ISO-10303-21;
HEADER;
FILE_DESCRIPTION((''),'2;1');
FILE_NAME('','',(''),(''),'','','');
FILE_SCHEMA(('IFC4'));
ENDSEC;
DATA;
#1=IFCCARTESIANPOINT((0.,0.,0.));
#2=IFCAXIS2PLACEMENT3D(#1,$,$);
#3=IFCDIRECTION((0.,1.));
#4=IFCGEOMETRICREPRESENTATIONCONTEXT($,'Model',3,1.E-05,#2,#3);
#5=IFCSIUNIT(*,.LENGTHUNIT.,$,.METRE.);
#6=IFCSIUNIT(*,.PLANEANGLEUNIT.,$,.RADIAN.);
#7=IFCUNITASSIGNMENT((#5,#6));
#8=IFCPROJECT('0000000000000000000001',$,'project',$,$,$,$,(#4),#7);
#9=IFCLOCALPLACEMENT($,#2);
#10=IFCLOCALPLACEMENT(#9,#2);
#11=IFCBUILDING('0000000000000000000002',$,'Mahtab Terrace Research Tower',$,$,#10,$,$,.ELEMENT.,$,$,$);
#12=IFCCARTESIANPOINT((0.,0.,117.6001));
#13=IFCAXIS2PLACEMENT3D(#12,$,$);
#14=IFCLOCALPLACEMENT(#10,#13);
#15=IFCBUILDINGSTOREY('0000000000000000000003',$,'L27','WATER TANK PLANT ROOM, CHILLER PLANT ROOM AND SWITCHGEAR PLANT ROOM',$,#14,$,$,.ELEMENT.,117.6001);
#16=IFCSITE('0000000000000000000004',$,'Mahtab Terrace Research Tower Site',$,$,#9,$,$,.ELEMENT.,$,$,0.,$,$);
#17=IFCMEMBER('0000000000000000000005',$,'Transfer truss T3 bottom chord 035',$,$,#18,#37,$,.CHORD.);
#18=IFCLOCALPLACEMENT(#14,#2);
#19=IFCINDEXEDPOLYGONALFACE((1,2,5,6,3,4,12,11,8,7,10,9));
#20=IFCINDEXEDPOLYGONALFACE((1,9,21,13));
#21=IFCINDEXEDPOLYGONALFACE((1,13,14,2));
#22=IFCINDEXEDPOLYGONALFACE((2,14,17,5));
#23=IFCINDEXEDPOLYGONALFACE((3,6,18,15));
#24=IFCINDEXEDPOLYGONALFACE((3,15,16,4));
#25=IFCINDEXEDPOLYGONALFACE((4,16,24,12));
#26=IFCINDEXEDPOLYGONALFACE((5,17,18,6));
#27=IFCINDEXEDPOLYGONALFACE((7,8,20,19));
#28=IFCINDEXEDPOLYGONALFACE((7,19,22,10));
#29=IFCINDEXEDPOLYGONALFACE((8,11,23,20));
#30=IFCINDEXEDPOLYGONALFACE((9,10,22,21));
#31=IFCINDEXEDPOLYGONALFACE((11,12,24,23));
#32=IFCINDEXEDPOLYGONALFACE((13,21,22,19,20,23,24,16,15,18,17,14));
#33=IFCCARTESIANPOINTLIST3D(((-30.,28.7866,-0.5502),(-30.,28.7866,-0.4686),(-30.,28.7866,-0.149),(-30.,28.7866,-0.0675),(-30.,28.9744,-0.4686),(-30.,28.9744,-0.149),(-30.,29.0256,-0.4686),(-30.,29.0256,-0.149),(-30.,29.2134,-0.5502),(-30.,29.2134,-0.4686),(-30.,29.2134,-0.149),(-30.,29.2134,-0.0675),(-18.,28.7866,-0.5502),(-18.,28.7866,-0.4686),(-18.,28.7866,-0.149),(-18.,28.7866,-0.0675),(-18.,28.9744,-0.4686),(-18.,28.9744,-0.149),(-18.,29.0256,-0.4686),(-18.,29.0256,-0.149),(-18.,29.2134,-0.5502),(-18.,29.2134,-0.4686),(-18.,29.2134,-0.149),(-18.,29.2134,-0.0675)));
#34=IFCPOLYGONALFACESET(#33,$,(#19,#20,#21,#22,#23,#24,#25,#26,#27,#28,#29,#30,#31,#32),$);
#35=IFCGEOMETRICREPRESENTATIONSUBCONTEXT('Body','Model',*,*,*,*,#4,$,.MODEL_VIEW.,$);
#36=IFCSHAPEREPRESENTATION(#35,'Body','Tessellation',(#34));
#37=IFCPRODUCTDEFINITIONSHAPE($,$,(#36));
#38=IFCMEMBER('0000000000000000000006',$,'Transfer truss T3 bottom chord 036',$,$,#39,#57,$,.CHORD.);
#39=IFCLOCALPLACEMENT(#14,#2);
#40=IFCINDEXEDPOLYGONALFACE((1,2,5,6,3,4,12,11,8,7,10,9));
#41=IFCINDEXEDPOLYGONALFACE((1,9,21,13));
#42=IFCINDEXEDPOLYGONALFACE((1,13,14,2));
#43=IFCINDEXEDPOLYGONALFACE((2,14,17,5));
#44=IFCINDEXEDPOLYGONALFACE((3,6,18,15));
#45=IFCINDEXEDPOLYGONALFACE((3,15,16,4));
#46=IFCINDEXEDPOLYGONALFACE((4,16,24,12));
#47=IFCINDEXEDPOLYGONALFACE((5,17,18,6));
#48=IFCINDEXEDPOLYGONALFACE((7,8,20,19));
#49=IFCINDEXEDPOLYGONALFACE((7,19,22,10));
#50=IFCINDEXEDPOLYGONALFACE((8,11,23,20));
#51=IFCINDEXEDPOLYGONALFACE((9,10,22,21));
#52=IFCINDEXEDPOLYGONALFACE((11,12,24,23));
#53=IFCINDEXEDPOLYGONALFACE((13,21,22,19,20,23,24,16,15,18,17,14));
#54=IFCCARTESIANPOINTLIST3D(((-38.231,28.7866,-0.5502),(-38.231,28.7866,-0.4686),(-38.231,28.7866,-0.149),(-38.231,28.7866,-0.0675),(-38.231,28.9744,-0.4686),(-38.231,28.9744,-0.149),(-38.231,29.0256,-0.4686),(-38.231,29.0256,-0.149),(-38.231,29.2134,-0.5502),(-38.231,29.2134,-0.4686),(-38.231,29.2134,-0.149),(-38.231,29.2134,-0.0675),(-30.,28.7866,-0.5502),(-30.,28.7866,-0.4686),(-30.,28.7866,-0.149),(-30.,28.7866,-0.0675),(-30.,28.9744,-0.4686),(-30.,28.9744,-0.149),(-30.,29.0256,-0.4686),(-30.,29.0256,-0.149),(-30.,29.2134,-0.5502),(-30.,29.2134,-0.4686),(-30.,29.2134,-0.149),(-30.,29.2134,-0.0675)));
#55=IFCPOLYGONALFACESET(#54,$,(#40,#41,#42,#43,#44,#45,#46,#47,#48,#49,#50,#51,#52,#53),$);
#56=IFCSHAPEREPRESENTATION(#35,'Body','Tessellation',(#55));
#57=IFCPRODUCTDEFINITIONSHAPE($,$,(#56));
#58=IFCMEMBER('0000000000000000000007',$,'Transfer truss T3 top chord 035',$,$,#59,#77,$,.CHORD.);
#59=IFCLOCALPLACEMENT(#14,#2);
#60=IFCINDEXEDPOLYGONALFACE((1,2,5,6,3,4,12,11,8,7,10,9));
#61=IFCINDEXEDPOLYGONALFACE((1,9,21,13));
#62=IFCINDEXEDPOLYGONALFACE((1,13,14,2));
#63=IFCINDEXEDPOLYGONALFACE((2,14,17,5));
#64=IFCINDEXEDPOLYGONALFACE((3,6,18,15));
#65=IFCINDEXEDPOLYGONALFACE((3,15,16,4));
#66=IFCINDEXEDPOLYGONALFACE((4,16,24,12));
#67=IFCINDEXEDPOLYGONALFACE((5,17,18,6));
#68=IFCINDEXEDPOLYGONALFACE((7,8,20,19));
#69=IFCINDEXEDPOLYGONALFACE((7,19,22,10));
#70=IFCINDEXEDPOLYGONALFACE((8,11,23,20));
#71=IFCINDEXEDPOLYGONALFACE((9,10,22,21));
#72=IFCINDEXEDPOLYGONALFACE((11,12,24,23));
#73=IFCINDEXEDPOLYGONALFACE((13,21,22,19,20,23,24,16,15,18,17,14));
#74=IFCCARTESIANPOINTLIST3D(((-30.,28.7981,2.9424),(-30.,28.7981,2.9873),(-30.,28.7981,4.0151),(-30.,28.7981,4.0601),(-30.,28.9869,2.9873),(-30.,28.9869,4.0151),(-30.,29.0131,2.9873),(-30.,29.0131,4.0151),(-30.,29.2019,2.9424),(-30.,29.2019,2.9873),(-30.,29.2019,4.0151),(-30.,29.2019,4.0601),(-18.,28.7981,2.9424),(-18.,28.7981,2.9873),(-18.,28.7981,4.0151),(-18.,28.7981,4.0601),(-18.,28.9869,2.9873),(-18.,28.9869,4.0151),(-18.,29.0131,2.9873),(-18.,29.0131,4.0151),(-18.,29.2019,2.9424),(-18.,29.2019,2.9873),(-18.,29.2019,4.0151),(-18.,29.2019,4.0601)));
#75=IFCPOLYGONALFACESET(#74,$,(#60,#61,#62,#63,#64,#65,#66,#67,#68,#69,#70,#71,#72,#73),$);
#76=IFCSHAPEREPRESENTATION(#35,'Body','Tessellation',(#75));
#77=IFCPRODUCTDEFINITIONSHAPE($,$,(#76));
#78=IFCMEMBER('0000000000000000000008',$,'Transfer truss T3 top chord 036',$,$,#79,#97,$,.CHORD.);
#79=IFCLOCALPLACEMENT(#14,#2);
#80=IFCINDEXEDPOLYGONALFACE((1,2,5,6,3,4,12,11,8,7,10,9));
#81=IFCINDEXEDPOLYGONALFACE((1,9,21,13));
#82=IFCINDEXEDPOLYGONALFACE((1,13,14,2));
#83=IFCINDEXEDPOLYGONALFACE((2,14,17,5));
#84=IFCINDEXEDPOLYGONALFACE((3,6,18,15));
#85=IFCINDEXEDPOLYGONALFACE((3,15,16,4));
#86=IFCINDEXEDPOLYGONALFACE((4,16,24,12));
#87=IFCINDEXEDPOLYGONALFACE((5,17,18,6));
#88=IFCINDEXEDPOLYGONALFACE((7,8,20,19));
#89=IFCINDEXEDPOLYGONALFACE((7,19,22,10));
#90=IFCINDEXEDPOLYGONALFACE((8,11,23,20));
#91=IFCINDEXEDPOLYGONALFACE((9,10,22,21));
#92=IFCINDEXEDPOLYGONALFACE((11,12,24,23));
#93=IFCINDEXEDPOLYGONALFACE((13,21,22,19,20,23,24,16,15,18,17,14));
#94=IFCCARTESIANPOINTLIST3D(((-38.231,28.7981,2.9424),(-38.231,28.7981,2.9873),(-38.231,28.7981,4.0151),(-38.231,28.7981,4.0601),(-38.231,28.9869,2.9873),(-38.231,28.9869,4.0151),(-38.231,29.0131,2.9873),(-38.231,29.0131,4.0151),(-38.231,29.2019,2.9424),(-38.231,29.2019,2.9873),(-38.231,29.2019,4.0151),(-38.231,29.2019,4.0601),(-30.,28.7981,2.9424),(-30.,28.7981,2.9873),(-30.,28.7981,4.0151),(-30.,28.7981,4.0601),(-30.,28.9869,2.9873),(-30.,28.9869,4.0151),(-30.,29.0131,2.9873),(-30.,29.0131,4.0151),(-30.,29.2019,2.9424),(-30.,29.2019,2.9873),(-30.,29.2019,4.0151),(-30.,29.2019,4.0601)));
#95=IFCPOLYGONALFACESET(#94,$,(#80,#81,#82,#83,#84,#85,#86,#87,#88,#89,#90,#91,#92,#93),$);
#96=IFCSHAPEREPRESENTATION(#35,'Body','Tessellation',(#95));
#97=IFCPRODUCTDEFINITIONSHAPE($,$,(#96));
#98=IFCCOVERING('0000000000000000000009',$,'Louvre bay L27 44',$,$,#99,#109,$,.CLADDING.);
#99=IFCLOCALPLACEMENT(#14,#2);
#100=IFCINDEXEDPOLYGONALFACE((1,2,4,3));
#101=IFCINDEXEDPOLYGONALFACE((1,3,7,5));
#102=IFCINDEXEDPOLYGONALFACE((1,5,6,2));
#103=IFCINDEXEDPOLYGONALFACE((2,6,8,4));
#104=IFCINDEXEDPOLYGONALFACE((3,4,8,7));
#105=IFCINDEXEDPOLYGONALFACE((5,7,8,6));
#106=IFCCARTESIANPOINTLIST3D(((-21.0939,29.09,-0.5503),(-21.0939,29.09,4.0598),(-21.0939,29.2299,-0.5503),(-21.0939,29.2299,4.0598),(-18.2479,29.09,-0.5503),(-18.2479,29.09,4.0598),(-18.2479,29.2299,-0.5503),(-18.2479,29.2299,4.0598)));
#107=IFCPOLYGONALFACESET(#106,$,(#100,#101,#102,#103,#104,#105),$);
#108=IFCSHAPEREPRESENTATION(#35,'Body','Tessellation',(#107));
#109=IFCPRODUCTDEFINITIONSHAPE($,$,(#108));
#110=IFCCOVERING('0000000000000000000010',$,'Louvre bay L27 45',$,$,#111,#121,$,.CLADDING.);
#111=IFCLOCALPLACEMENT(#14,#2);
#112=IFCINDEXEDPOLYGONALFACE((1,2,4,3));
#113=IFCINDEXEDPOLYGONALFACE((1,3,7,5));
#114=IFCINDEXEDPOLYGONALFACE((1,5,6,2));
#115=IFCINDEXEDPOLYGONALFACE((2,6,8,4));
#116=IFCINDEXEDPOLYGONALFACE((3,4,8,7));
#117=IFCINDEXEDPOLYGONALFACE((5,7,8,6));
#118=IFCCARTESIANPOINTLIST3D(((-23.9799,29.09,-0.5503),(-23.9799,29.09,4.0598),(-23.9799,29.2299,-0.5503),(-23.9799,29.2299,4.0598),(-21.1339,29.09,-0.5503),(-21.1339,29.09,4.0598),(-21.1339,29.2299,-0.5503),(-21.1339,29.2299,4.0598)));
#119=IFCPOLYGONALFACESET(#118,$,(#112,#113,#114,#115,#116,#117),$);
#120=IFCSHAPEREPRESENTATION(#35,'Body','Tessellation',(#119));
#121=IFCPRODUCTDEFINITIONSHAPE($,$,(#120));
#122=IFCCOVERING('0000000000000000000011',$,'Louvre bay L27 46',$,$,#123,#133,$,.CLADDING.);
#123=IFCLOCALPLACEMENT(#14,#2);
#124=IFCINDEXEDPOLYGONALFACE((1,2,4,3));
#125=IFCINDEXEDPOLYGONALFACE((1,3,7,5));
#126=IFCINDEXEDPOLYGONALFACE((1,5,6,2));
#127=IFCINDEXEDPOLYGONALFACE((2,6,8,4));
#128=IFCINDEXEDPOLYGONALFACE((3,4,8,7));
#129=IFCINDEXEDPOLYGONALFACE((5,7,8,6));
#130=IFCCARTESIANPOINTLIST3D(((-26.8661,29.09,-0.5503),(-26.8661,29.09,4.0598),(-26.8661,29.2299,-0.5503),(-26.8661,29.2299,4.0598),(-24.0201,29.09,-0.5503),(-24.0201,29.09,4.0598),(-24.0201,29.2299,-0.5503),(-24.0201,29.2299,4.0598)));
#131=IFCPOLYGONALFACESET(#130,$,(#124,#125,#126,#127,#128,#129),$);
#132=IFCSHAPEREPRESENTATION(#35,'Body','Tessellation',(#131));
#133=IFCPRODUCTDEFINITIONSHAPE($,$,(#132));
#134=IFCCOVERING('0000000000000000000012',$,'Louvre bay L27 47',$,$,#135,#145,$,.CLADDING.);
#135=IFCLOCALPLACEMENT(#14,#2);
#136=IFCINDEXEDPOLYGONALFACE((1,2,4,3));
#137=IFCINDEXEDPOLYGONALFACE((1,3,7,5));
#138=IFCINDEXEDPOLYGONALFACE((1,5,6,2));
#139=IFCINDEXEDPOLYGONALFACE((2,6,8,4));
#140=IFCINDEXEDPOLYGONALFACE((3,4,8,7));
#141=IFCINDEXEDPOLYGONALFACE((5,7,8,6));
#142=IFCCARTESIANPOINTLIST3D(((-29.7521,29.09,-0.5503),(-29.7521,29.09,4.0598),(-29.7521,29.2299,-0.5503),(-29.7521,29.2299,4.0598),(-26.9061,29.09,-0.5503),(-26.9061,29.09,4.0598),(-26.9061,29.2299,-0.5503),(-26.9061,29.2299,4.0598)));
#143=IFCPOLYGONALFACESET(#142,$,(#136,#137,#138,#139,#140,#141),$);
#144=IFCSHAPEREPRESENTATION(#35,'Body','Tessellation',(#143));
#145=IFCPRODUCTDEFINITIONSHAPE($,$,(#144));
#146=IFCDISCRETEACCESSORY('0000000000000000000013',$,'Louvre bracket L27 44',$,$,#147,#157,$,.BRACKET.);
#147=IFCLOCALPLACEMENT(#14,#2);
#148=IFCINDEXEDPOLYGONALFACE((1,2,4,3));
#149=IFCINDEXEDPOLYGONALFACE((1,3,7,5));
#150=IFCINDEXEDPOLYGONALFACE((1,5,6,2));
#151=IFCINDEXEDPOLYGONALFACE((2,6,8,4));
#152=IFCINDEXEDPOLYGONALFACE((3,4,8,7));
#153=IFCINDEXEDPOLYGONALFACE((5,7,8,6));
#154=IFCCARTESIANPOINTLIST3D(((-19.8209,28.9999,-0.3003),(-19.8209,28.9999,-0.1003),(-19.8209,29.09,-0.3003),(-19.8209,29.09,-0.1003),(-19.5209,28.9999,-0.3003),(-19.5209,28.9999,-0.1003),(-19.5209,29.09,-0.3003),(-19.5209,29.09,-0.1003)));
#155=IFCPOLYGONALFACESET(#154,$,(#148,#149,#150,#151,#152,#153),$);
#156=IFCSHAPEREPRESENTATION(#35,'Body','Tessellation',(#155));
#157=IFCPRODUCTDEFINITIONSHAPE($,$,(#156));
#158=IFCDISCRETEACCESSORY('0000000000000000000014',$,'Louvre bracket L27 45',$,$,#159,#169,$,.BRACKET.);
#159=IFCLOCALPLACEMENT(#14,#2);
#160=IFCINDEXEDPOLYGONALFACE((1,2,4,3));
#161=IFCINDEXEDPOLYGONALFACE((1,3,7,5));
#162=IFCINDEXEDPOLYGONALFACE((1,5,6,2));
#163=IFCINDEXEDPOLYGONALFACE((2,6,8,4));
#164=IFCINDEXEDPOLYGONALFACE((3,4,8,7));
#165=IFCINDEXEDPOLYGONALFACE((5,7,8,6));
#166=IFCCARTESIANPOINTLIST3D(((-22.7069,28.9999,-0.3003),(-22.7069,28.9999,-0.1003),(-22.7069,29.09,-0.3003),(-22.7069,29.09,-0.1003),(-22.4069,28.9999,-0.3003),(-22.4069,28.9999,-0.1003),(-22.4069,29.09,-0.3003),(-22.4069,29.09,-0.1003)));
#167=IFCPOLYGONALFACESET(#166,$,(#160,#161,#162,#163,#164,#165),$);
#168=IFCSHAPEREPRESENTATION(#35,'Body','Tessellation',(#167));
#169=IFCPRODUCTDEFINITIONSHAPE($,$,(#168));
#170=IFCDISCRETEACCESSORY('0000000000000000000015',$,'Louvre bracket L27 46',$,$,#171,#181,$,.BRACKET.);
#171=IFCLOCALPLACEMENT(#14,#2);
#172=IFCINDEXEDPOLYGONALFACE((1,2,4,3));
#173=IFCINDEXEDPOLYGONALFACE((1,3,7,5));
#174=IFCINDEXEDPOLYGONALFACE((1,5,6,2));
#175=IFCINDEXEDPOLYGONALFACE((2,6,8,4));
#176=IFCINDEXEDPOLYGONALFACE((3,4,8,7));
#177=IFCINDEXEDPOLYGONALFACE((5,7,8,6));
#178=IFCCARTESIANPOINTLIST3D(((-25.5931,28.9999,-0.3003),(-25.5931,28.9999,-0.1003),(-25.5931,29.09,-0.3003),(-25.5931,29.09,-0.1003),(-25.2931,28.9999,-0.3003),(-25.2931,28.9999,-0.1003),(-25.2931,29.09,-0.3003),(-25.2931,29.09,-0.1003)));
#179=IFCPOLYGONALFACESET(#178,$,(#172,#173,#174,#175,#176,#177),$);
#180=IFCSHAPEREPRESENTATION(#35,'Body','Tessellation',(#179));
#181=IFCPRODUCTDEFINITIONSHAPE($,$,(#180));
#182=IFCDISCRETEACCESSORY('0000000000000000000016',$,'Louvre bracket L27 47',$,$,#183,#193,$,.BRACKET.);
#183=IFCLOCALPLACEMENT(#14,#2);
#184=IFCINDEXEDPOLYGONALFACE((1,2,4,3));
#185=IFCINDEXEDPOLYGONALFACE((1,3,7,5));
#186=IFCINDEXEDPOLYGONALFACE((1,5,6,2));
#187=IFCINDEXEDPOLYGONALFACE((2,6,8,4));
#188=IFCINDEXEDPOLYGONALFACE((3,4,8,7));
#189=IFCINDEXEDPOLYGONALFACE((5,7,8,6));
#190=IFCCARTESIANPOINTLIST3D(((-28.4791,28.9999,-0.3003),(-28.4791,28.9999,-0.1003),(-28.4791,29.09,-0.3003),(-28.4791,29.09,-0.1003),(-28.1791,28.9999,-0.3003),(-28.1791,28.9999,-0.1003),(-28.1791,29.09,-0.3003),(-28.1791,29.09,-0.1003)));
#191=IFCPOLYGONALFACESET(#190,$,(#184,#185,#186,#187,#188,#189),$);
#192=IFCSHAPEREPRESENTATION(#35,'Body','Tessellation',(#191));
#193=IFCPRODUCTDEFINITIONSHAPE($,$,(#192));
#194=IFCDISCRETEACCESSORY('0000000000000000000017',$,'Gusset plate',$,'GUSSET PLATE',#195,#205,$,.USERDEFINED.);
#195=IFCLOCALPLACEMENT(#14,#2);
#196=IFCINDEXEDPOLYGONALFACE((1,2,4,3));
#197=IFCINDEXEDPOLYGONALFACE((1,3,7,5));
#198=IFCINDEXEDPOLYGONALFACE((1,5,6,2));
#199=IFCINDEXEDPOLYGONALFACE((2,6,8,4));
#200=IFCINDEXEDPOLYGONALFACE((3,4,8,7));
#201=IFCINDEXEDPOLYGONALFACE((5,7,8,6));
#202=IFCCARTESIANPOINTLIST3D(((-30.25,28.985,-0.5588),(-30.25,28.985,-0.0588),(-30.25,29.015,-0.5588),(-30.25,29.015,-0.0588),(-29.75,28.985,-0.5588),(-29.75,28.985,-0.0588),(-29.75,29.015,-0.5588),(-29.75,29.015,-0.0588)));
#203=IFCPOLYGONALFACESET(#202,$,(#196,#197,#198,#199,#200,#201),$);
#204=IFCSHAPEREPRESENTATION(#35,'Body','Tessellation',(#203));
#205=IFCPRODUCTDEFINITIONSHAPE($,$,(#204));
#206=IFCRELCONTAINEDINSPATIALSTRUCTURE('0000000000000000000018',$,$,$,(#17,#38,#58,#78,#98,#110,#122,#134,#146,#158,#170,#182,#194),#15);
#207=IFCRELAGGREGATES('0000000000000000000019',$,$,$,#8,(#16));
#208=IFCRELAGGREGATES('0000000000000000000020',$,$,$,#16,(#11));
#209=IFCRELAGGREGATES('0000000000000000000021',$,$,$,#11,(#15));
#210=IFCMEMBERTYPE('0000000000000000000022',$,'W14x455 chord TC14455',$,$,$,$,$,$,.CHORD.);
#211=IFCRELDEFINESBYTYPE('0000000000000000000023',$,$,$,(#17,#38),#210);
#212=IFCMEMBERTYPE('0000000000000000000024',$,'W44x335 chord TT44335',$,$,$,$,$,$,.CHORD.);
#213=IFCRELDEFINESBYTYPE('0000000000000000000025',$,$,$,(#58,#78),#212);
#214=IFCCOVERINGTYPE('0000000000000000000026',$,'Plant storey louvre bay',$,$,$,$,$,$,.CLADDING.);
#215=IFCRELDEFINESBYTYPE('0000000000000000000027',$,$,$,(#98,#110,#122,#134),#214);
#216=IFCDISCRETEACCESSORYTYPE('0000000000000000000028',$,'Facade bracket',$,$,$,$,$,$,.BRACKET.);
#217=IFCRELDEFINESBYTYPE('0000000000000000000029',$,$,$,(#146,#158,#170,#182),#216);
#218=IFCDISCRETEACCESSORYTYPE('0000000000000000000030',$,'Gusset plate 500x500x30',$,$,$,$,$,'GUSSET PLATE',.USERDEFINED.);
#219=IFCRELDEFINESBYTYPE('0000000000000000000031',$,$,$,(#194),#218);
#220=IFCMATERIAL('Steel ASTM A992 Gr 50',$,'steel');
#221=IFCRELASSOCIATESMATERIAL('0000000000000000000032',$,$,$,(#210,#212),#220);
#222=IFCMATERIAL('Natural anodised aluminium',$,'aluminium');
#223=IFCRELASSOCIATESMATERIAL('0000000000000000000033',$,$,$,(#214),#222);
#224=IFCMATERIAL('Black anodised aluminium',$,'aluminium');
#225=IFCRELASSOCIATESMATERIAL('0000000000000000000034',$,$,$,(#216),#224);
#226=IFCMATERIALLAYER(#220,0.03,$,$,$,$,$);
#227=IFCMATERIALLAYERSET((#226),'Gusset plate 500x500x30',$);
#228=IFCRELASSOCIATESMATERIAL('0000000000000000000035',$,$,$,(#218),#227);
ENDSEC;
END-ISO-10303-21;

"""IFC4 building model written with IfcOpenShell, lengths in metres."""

from ifc_helpers import new_model, si_unit, direction, frame, origin, origin_2d, place, context, subcontext, project, spatial, rectangle, i_section, extrude, material, layer, layer_set, material_profile, profile_set, type_object, element, save


model = new_model("IFC4")

# Units and contexts
model_context = context("Model", 3, precision=1e-05, world=origin(), true_north=direction((0.0, 1.0)))
body_context = subcontext(model_context, "Body", "Model", "MODEL_VIEW")
ifc_project = project(units=[si_unit("LENGTHUNIT", "METRE"), si_unit("PLANEANGLEUNIT", "RADIAN")], contexts=[model_context])

# Site, building, storey
site_placement = place(None, origin())
site = spatial("IfcSite", under=ifc_project, at=site_placement, Name="Mahtab Terrace Research Tower Site", CompositionType="ELEMENT", RefElevation=0.0)
building_placement = place(site_placement, origin())
building = spatial("IfcBuilding", under=site, at=building_placement, Name="Mahtab Terrace Research Tower", CompositionType="ELEMENT")
storey_placement = place(building_placement, frame((0.0, 0.0, 117.6001)))
storey = spatial("IfcBuildingStorey", under=building, at=storey_placement, Name="L27", Description="WATER TANK PLANT ROOM, CHILLER PLANT ROOM AND SWITCHGEAR PLANT ROOM", CompositionType="ELEMENT", Elevation=117.6001)

# Shared definitions
ifc_material_1 = material(Name="Steel ASTM A992 Gr 50", Category="steel")

# Members
ifc_material_profile_1 = material_profile(ifc_material_1, i_section(OverallWidth=0.4268, OverallDepth=0.4827, WebThickness=0.0513, FlangeThickness=0.0815, at=origin_2d()), Name="W14X455")
ifc_profile_set_1 = profile_set([ifc_material_profile_1], Name="Steel ASTM A992 Gr 50")
member_type_1 = type_object("IfcMemberType", Name="W14x455 chord TC14455", PredefinedType="CHORD", material=ifc_profile_set_1)
member_1_placement = place(storey_placement, frame((-18.0, 29.0, -0.3088), z_axis=(-1.0, 0.0, 0.0), x_axis=(0.0, -1.0, 0.0)))
element("IfcMember", 1, at=member_1_placement, inside=storey, type_object=member_type_1, Name="Transfer truss T3 bottom chord 035", PredefinedType="CHORD", context=body_context, shape_type="SweptSolid", body=[
    extrude(i_section(OverallWidth=0.4268, OverallDepth=0.4827, WebThickness=0.0513, FlangeThickness=0.0815, at=origin_2d()), origin(), (0.0, 0.0, 1.0), 12.0),
])
member_2_placement = place(storey_placement, frame((-30.0, 29.0, -0.3088), z_axis=(-1.0, 0.0, 0.0), x_axis=(0.0, -1.0, 0.0)))
element("IfcMember", 2, at=member_2_placement, inside=storey, type_object=member_type_1, Name="Transfer truss T3 bottom chord 036", PredefinedType="CHORD", context=body_context, shape_type="SweptSolid", body=[
    extrude(i_section(OverallWidth=0.4268, OverallDepth=0.4827, WebThickness=0.0513, FlangeThickness=0.0815, at=origin_2d()), origin(), (0.0, 0.0, 1.0), 8.231),
])
ifc_material_profile_2 = material_profile(ifc_material_1, i_section(OverallWidth=0.4038, OverallDepth=1.1177, WebThickness=0.0261, FlangeThickness=0.0449, at=origin_2d()), Name="W44X335")
ifc_profile_set_2 = profile_set([ifc_material_profile_2], Name="Steel ASTM A992 Gr 50")
member_type_2 = type_object("IfcMemberType", Name="W44x335 chord TT44335", PredefinedType="CHORD", material=ifc_profile_set_2)
member_3_placement = place(storey_placement, frame((-18.0, 29.0, 3.5012), z_axis=(-1.0, 0.0, 0.0), x_axis=(0.0, -1.0, 0.0)))
element("IfcMember", 3, at=member_3_placement, inside=storey, type_object=member_type_2, Name="Transfer truss T3 top chord 035", PredefinedType="CHORD", context=body_context, shape_type="SweptSolid", body=[
    extrude(i_section(OverallWidth=0.4038, OverallDepth=1.1177, WebThickness=0.0261, FlangeThickness=0.0449, at=origin_2d()), origin(), (0.0, 0.0, 1.0), 12.0),
])
member_4_placement = place(storey_placement, frame((-30.0, 29.0, 3.5012), z_axis=(-1.0, 0.0, 0.0), x_axis=(0.0, -1.0, 0.0)))
element("IfcMember", 4, at=member_4_placement, inside=storey, type_object=member_type_2, Name="Transfer truss T3 top chord 036", PredefinedType="CHORD", context=body_context, shape_type="SweptSolid", body=[
    extrude(i_section(OverallWidth=0.4038, OverallDepth=1.1177, WebThickness=0.0261, FlangeThickness=0.0449, at=origin_2d()), origin(), (0.0, 0.0, 1.0), 8.231),
])

# Coverings
ifc_material_2 = material(Name="Natural anodised aluminium", Category="aluminium")
covering_type = type_object("IfcCoveringType", Name="Plant storey louvre bay", PredefinedType="CLADDING", material=ifc_material_2)
for number, where, z_axis, x_axis, name in (
    (5, (-19.6709, 29.1599, -0.5503), (0.0, 0.0, 1.0), (-1.0, 0.0, 0.0), "Louvre bay L27 44"),
    (6, (-22.5569, 29.1599, -0.5503), (0.0, 0.0, 1.0), (-1.0, 0.0, 0.0), "Louvre bay L27 45"),
    (7, (-25.4431, 29.1599, -0.5503), (0.0, 0.0, 1.0), (-1.0, 0.0, 0.0), "Louvre bay L27 46"),
    (8, (-28.3291, 29.1599, -0.5503), (0.0, 0.0, 1.0), (-1.0, 0.0, 0.0), "Louvre bay L27 47"),
):
    element("IfcCovering", number, at=place(storey_placement, frame(where, z_axis=z_axis, x_axis=x_axis)), inside=storey, type_object=covering_type, Name=name, PredefinedType="CLADDING", context=body_context, shape_type="SweptSolid", body=[
        extrude(rectangle(XDim=2.8459, YDim=0.1399, at=origin_2d()), origin(), (0.0, 0.0, 1.0), 4.6101),
    ])

# Discrete accessories
ifc_material_3 = material(Name="Black anodised aluminium", Category="aluminium")
discrete_accessory_type_1 = type_object("IfcDiscreteAccessoryType", Name="Facade bracket", PredefinedType="BRACKET", material=ifc_material_3)
for number, where, z_axis, x_axis, name in (
    (9, (-19.6709, 29.0449, -0.3003), (0.0, 0.0, 1.0), (-1.0, 0.0, 0.0), "Louvre bracket L27 44"),
    (10, (-22.5569, 29.0449, -0.3003), (0.0, 0.0, 1.0), (-1.0, 0.0, 0.0), "Louvre bracket L27 45"),
    (11, (-25.4431, 29.0449, -0.3003), (0.0, 0.0, 1.0), (-1.0, 0.0, 0.0), "Louvre bracket L27 46"),
    (12, (-28.3291, 29.0449, -0.3003), (0.0, 0.0, 1.0), (-1.0, 0.0, 0.0), "Louvre bracket L27 47"),
):
    element("IfcDiscreteAccessory", number, at=place(storey_placement, frame(where, z_axis=z_axis, x_axis=x_axis)), inside=storey, type_object=discrete_accessory_type_1, Name=name, PredefinedType="BRACKET", context=body_context, shape_type="SweptSolid", body=[
        extrude(rectangle(XDim=0.3, YDim=0.0901, at=origin_2d()), origin(), (0.0, 0.0, 1.0), 0.2),
    ])
ifc_layer = layer(ifc_material_1, 0.03)
ifc_layer_set = layer_set([ifc_layer], Name="Gusset plate 500x500x30")
discrete_accessory_type_2 = type_object("IfcDiscreteAccessoryType", Name="Gusset plate 500x500x30", ElementType="GUSSET PLATE", PredefinedType="USERDEFINED", material=ifc_layer_set)
for number, where, z_axis, x_axis, name in (
    (13, (-30.0, 29.0, -0.5588), (0.0, 0.0, 1.0), (1.0, 0.0, 0.0), "Gusset plate"),
):
    element("IfcDiscreteAccessory", number, at=place(storey_placement, frame(where, z_axis=z_axis, x_axis=x_axis)), inside=storey, type_object=discrete_accessory_type_2, Name=name, ObjectType="GUSSET PLATE", PredefinedType="USERDEFINED", context=body_context, shape_type="SweptSolid", body=[
        extrude(rectangle(XDim=0.5, YDim=0.03, at=origin_2d()), origin(), (0.0, 0.0, 1.0), 0.5),
    ])

save(model, "model.ifc")
